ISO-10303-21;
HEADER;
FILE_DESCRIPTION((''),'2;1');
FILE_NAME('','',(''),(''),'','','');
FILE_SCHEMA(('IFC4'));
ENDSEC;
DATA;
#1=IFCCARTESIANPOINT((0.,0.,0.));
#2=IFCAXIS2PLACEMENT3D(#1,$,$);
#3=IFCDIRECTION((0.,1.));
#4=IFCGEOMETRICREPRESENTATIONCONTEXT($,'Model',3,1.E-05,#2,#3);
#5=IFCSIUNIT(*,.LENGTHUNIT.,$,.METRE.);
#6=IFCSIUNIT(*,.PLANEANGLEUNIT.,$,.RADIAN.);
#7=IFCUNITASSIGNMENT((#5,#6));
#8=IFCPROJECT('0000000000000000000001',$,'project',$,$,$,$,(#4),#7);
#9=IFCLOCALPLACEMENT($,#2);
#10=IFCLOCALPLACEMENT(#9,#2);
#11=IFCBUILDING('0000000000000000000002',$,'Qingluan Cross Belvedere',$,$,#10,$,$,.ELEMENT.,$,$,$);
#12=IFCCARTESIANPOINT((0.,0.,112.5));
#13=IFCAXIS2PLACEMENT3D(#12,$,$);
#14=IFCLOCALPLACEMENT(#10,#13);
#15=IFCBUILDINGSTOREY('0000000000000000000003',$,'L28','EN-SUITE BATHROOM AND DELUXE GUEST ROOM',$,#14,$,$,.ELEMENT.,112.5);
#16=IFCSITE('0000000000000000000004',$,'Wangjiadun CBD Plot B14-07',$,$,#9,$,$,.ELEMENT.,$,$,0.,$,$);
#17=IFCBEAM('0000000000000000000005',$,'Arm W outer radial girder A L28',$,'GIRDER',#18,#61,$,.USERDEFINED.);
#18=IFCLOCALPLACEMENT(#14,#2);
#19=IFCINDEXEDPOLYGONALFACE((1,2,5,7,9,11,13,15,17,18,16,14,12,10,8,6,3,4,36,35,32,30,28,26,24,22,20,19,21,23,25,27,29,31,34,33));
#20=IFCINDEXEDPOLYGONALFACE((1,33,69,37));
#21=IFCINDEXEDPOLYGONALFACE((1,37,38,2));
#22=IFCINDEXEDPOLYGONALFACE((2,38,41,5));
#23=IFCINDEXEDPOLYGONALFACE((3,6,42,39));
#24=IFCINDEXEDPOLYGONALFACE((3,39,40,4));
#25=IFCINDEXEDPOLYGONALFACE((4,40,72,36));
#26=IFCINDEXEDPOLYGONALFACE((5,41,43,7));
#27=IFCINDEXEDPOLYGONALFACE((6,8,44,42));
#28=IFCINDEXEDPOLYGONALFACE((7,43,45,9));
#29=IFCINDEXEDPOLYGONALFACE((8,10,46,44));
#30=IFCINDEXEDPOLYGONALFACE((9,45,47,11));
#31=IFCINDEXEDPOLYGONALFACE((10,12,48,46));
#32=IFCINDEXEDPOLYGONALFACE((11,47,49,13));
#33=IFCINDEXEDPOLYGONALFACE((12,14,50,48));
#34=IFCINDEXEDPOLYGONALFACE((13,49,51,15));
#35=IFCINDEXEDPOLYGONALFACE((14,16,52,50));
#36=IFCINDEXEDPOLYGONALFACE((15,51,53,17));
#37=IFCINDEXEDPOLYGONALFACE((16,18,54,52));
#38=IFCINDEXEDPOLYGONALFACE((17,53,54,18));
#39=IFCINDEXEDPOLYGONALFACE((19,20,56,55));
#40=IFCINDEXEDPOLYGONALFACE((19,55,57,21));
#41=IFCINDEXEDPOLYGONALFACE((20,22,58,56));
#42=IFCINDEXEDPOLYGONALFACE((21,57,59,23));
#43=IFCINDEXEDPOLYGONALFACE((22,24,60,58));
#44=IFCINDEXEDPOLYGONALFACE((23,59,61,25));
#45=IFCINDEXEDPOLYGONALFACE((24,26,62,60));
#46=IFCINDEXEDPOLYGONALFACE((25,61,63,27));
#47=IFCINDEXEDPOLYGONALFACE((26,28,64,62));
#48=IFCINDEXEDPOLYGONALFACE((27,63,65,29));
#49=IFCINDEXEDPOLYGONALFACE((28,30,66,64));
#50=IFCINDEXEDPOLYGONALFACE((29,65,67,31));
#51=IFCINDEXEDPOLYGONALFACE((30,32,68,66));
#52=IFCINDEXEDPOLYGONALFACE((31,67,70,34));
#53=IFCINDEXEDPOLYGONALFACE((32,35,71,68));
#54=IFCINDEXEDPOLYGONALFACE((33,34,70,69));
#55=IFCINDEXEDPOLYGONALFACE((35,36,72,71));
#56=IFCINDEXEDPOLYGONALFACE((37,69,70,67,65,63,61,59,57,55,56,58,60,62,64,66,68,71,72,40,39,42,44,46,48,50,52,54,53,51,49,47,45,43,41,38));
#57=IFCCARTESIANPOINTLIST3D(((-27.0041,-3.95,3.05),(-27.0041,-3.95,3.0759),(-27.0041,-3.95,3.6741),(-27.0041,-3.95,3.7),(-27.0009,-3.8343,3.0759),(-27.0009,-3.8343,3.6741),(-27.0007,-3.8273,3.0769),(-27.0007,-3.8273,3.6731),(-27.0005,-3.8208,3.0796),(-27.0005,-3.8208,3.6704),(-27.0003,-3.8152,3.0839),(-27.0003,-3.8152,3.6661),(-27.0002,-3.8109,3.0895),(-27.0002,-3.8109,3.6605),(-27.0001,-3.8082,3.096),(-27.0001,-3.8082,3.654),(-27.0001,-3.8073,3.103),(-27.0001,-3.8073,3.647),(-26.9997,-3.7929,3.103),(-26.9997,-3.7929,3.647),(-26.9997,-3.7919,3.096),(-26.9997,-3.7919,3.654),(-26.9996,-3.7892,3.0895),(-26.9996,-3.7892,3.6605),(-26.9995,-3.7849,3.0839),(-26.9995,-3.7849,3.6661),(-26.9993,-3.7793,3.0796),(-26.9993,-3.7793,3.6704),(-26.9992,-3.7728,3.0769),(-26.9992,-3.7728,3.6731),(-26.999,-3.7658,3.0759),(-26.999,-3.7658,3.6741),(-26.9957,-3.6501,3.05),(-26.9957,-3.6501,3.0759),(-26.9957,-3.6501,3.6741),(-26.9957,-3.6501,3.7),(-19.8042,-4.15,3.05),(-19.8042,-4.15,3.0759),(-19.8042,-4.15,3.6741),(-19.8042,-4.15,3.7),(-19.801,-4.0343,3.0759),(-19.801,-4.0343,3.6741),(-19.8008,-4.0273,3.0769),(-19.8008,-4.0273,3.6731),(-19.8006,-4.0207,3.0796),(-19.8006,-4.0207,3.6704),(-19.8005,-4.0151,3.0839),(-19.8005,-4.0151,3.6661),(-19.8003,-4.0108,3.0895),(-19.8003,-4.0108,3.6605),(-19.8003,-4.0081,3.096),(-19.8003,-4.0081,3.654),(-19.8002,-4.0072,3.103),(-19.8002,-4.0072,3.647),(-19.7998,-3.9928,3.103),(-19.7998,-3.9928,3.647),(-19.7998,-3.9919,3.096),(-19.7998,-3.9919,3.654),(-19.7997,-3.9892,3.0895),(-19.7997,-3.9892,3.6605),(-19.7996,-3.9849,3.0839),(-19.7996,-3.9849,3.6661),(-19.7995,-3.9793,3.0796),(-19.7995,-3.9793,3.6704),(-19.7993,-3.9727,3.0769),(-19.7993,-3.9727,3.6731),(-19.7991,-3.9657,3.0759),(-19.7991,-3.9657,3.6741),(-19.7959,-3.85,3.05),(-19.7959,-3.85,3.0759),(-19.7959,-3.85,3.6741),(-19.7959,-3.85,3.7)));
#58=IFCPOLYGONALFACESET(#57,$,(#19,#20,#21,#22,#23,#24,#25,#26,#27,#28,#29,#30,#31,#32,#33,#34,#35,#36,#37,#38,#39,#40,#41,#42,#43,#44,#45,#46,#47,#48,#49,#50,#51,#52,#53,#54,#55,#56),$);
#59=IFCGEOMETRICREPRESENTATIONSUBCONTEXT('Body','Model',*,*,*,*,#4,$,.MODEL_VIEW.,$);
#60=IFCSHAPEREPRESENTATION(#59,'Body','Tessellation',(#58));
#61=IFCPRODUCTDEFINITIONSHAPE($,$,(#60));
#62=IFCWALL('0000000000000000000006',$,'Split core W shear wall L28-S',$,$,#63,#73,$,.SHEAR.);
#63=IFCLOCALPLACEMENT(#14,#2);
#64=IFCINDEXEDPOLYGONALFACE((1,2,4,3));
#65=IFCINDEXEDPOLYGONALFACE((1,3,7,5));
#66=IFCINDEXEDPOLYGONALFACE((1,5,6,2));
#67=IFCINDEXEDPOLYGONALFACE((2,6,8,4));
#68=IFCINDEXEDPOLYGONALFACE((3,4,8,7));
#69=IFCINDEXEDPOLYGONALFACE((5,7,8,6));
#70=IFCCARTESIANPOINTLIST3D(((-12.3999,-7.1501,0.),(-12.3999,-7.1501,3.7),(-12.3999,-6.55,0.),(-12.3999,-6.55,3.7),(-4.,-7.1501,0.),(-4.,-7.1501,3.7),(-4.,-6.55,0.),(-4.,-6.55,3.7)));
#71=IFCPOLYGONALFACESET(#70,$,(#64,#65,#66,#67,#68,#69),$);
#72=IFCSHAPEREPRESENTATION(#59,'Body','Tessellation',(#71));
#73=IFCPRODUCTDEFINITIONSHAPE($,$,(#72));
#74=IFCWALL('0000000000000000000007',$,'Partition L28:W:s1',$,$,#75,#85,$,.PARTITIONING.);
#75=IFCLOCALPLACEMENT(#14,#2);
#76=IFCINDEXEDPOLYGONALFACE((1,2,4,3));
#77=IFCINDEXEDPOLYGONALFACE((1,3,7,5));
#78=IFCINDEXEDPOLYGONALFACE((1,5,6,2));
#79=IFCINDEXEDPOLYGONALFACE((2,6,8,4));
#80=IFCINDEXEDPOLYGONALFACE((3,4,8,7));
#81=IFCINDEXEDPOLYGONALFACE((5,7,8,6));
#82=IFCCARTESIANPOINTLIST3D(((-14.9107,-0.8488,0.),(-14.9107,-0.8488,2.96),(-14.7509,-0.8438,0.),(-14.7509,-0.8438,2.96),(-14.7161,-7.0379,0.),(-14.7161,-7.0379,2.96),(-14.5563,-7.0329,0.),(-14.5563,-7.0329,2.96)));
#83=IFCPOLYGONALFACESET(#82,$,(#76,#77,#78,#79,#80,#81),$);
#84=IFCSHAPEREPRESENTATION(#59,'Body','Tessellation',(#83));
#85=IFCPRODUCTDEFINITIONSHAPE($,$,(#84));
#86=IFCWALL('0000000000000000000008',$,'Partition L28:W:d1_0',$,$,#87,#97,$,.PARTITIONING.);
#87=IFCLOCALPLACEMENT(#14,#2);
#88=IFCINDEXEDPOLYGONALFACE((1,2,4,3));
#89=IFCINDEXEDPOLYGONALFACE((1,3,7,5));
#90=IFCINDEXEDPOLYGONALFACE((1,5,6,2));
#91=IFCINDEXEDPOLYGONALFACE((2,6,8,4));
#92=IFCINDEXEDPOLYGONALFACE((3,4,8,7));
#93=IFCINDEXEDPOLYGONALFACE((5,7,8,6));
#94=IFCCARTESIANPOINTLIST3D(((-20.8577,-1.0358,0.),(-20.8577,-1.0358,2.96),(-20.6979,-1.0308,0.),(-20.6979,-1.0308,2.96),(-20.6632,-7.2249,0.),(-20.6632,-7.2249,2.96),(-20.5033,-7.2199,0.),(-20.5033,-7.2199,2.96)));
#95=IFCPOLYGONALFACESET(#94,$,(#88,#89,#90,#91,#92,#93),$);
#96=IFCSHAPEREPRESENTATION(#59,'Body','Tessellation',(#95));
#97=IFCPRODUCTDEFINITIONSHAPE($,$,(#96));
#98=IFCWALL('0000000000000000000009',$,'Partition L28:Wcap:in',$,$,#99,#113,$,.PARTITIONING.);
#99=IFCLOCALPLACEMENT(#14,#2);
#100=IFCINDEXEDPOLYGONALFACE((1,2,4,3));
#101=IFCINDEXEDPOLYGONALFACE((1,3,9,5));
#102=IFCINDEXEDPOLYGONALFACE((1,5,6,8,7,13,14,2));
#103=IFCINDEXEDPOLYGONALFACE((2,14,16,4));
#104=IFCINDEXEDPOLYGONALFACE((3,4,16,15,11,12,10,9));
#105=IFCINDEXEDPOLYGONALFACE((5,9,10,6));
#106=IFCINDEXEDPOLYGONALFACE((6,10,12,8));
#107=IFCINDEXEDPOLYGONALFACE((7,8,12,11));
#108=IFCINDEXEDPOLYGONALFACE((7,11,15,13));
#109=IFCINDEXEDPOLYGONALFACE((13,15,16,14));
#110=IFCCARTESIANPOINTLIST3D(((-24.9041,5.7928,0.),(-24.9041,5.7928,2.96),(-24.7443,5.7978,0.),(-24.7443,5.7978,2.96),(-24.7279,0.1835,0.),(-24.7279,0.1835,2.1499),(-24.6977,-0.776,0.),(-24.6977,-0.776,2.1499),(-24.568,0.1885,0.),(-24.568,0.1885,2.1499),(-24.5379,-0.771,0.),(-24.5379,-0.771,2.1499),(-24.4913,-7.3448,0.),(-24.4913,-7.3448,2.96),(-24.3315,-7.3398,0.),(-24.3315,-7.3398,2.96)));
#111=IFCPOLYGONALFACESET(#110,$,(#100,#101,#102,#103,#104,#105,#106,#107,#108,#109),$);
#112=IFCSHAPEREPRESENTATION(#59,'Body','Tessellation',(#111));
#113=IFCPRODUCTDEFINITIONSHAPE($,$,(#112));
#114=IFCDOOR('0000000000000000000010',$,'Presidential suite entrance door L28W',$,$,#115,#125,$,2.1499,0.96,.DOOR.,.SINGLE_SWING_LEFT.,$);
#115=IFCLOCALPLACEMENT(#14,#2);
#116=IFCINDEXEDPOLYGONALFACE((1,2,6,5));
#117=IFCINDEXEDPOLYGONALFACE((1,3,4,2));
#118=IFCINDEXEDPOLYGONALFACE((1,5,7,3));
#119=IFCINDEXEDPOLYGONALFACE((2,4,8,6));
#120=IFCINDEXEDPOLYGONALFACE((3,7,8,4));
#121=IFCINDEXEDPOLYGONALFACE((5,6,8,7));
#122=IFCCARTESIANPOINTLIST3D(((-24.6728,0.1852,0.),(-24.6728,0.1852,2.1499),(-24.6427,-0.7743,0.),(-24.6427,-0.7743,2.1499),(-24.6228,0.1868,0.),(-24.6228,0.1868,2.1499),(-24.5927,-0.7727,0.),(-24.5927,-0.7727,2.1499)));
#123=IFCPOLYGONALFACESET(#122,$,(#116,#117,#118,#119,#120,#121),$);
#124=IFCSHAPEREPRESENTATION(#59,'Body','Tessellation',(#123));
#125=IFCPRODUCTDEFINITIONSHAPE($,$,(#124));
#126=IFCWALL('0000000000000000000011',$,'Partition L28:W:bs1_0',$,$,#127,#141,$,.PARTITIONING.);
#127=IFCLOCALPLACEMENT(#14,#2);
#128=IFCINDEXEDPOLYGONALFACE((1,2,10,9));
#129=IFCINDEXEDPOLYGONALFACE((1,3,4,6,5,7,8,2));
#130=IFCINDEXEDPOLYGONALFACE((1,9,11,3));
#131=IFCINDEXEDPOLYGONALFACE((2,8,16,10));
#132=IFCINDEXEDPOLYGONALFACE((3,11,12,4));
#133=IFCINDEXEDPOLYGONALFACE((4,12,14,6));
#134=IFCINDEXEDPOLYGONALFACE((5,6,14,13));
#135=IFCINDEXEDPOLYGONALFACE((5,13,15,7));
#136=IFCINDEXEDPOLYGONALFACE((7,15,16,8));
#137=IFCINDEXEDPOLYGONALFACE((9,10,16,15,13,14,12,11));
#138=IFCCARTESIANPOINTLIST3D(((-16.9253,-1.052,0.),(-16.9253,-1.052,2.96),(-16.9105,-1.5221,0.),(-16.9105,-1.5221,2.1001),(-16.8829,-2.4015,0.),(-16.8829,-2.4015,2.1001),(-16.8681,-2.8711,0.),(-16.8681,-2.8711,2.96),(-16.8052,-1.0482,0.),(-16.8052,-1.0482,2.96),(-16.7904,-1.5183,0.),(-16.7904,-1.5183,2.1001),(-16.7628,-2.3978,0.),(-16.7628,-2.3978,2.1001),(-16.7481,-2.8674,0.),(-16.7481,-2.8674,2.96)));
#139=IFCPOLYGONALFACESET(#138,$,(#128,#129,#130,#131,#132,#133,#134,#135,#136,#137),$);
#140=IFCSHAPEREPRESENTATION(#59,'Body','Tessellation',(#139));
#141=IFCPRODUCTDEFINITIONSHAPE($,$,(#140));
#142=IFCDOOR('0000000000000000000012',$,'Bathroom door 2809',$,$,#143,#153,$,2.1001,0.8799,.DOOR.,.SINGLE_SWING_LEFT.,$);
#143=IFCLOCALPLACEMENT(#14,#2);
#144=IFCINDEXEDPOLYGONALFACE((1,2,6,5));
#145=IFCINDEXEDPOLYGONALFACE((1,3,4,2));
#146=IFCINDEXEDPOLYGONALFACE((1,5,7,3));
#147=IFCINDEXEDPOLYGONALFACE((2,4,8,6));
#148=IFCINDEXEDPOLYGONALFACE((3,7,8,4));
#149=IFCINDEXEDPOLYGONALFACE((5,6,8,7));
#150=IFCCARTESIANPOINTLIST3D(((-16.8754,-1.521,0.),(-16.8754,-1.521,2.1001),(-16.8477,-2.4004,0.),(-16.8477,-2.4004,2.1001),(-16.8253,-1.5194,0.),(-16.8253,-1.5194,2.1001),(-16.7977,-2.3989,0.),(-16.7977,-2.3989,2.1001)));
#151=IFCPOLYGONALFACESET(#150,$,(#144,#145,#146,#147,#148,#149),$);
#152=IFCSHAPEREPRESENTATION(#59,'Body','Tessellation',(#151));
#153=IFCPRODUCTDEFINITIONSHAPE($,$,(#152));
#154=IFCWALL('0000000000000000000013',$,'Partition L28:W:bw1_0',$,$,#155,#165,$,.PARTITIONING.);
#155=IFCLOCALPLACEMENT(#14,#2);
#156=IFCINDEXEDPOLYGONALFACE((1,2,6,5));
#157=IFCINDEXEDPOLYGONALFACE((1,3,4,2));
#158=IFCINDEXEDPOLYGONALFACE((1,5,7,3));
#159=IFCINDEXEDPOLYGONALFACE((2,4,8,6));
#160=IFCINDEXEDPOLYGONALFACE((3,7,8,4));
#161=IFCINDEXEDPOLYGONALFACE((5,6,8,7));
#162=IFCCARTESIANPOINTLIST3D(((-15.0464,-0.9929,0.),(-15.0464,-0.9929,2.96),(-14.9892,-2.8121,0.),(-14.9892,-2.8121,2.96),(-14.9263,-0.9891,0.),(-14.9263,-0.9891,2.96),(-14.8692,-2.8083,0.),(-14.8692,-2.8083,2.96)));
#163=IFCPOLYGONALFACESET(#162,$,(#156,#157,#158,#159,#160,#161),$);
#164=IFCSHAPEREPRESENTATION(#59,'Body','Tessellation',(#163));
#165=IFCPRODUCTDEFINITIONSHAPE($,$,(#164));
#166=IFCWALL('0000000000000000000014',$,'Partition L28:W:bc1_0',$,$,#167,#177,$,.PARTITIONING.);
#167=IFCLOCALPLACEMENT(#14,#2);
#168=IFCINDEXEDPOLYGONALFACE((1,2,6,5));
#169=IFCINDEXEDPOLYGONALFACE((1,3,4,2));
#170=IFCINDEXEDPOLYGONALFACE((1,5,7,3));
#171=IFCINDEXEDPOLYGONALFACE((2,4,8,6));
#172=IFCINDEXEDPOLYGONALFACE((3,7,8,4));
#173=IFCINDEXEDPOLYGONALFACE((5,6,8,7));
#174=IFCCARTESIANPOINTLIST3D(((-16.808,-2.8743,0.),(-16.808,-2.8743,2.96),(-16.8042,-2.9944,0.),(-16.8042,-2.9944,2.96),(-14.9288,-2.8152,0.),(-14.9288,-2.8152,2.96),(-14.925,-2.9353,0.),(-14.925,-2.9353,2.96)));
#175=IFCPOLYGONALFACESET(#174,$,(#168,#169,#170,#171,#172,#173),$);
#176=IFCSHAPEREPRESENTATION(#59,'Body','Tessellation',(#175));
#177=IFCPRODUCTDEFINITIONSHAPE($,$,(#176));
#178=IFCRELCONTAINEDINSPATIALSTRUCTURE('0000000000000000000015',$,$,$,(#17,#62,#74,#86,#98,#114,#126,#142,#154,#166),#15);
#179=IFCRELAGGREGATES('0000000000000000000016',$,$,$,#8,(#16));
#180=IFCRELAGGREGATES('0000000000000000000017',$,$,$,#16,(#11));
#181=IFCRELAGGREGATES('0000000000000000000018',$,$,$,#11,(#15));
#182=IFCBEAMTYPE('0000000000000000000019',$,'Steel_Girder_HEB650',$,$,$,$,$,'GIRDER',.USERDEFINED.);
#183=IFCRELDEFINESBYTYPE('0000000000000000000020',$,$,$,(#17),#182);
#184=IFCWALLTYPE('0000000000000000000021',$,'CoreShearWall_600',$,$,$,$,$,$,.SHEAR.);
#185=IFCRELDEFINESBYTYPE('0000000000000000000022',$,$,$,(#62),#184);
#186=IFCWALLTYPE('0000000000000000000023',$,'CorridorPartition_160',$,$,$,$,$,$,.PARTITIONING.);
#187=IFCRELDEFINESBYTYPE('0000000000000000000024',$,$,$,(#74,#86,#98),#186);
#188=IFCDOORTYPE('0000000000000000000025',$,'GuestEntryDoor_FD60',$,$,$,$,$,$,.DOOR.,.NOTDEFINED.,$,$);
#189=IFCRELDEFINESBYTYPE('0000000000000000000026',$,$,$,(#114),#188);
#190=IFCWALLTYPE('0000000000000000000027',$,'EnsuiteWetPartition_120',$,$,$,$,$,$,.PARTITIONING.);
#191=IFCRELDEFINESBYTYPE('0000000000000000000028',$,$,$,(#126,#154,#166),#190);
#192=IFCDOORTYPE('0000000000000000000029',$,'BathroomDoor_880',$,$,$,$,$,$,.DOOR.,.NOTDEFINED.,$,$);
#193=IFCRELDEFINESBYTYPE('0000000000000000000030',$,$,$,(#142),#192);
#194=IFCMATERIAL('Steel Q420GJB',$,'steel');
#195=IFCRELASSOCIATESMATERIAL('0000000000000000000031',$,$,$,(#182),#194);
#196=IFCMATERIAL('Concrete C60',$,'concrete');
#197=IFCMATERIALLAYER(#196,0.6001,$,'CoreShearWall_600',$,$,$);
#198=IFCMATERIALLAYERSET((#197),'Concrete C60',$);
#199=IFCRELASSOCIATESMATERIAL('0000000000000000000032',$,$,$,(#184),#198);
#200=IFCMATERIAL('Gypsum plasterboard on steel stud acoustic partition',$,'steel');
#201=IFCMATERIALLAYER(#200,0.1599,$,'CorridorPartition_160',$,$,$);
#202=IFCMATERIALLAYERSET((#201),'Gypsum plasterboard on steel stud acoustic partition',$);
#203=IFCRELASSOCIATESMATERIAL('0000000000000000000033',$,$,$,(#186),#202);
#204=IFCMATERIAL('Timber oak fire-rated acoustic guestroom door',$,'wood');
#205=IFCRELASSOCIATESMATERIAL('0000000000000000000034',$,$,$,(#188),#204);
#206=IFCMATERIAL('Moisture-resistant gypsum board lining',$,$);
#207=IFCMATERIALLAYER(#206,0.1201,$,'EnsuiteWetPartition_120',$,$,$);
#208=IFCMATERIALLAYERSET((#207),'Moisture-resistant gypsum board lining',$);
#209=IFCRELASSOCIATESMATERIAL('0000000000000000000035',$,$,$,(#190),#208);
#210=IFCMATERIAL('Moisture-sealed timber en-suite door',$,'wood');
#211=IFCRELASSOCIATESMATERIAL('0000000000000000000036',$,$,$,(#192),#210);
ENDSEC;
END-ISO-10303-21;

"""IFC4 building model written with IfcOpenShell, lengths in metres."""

from ifc_helpers import new_model, si_unit, direction, frame, frame_2d, origin, origin_2d, place, context, subcontext, project, spatial, rectangle, i_section, extrude, material, layer, layer_set, material_profile, profile_set, type_object, element, fill, save


model = new_model("IFC4")

# Units and contexts
model_context = context("Model", 3, precision=1e-05, world=origin(), true_north=direction((0.0, 1.0)))
body_context = subcontext(model_context, "Body", "Model", "MODEL_VIEW")
ifc_project = project(units=[si_unit("LENGTHUNIT", "METRE"), si_unit("PLANEANGLEUNIT", "RADIAN")], contexts=[model_context])

# Site, building, storey
site_placement = place(None, origin())
site = spatial("IfcSite", under=ifc_project, at=site_placement, Name="Wangjiadun CBD Plot B14-07", CompositionType="ELEMENT", RefElevation=0.0)
building_placement = place(site_placement, origin())
building = spatial("IfcBuilding", under=site, at=building_placement, Name="Qingluan Cross Belvedere", CompositionType="ELEMENT")
storey_placement = place(building_placement, frame((0.0, 0.0, 112.5)))
storey = spatial("IfcBuildingStorey", under=building, at=storey_placement, Name="L28", Description="EN-SUITE BATHROOM AND DELUXE GUEST ROOM", CompositionType="ELEMENT", Elevation=112.5)

# Beam
ifc_material_1 = material(Name="Steel Q420GJB", Category="steel")
ifc_material_profile_1 = material_profile(ifc_material_1, i_section(OverallWidth=0.3, OverallDepth=0.6499, WebThickness=0.0144, FlangeThickness=0.0259, FilletRadius=0.0271, at=origin_2d()), Name="HEB650")
ifc_profile_set_1 = profile_set([ifc_material_profile_1], Name="Steel Q420GJB")
beam_type_1 = type_object("IfcBeamType", Name="Steel_Girder_HEB650", ElementType="GIRDER", PredefinedType="USERDEFINED", material=ifc_profile_set_1)
beam_1_placement = place(storey_placement, frame((-19.8, -4.0, 3.375), z_axis=(-0.999615, 0.02776, 0.0), x_axis=(-0.02776, -0.999615, 0.0)))
element("IfcBeam", 1, at=beam_1_placement, inside=storey, type_object=beam_type_1, Name="Arm W outer radial girder A L28", ObjectType="GIRDER", PredefinedType="USERDEFINED", context=body_context, shape_type="SweptSolid", body=[
    extrude(i_section(OverallWidth=0.3, OverallDepth=0.6499, WebThickness=0.0144, FlangeThickness=0.0259, FilletRadius=0.0271, at=origin_2d()), origin(), (0.0, 0.0, 1.0), 7.2026),
])

# Wall
ifc_material_2 = material(Name="Concrete C60", Category="concrete")
ifc_layer_1 = layer(ifc_material_2, 0.6001, Name="CoreShearWall_600")
ifc_layer_set_1 = layer_set([ifc_layer_1], Name="Concrete C60")
wall_type_1 = type_object("IfcWallType", Name="CoreShearWall_600", PredefinedType="SHEAR", material=ifc_layer_set_1)
wall_1_placement = place(storey_placement, frame((-12.3999, -6.8501, 0.0), z_axis=(0.0, 0.0, 1.0), x_axis=(1.0, 0.0, 0.0)))
element("IfcWall", 2, at=wall_1_placement, inside=storey, type_object=wall_type_1, Name="Split core W shear wall L28-S", PredefinedType="SHEAR", context=body_context, shape_type="SweptSolid", body=[
    extrude(rectangle(XDim=8.3999, YDim=0.6001, at=frame_2d((4.2, 0.0))), origin(), (0.0, 0.0, 1.0), 3.7),
])

# Shared definitions
ifc_material_3 = material(Name="Gypsum plasterboard on steel stud acoustic partition", Category="steel")
ifc_layer_2 = layer(ifc_material_3, 0.1599, Name="CorridorPartition_160")
ifc_layer_set_2 = layer_set([ifc_layer_2], Name="Gypsum plasterboard on steel stud acoustic partition")
wall_type_2 = type_object("IfcWallType", Name="CorridorPartition_160", PredefinedType="PARTITIONING", material=ifc_layer_set_2)
ifc_material_4 = material(Name="Timber oak fire-rated acoustic guestroom door", Category="wood")
door_type_1 = type_object("IfcDoorType", Name="GuestEntryDoor_FD60", OperationType="NOTDEFINED", PredefinedType="DOOR", material=ifc_material_4)

# Walls
for number, where, z_axis, x_axis, name in (
    (3, (-14.8308, -0.8462, 0.0), (0.0, 0.0, 1.0), (0.031424, -0.999506, 0.0), "Partition L28:W:s1"),
    (4, (-20.7778, -1.0332, 0.0), (0.0, 0.0, 1.0), (0.031424, -0.999506, 0.0), "Partition L28:W:d1_0"),
):
    element("IfcWall", number, at=place(storey_placement, frame(where, z_axis=z_axis, x_axis=x_axis)), inside=storey, type_object=wall_type_2, Name=name, PredefinedType="PARTITIONING", context=body_context, shape_type="SweptSolid", body=[
        extrude(rectangle(XDim=6.1921, YDim=0.1599, at=frame_2d((3.0962, 0.0))), origin(), (0.0, 0.0, 1.0), 2.96),
    ])

# Walls, openings, doors
wall_2_placement = place(storey_placement, frame((-24.4114, -7.3423, 0.0), z_axis=(0.0, 0.0, 1.0), x_axis=(-0.031409, 0.999507, 0.0)))
wall_2 = element("IfcWall", 5, at=wall_2_placement, inside=storey, type_object=wall_type_2, Name="Partition L28:Wcap:in", PredefinedType="PARTITIONING", context=body_context, shape_type="SweptSolid", body=[
    extrude(rectangle(XDim=13.144, YDim=0.1599, at=frame_2d((6.572, 0.0))), origin(), (0.0, 0.0, 1.0), 2.96),
])
opening_1_placement = place(wall_2_placement, frame((6.572, 0.0, 0.0)))
opening_1 = element("IfcOpeningElement", 6, at=opening_1_placement, cuts=wall_2, PredefinedType="OPENING", context=body_context, shape_type="SweptSolid", body=[
    extrude(rectangle(XDim=0.96, YDim=2.1499, at=frame_2d((0.48, 1.075))), frame((0.0, 0.0898, 0.0), z_axis=(0.0, -1.0, 0.0), x_axis=(1.0, 0.0, 0.0)), (0.0, 0.0, 1.0), 0.1799),
])
door_1_placement = place(opening_1_placement, origin())
door_1 = element("IfcDoor", 7, at=door_1_placement, inside=storey, type_object=door_type_1, Name="Presidential suite entrance door L28W", OperationType="SINGLE_SWING_LEFT", OverallHeight=2.1499, OverallWidth=0.96, PredefinedType="DOOR", context=body_context, shape_type="SweptSolid", body=[
    extrude(rectangle(XDim=0.96, YDim=2.1499, at=frame_2d((0.48, 1.075))), frame((0.0, 0.0249, 0.0), z_axis=(0.0, -1.0, 0.0), x_axis=(1.0, 0.0, 0.0)), (0.0, 0.0, 1.0), 0.05),
])
fill(opening_1, door_1)
ifc_material_5 = material(Name="Moisture-resistant gypsum board lining")
ifc_layer_3 = layer(ifc_material_5, 0.1201, Name="EnsuiteWetPartition_120")
ifc_layer_set_3 = layer_set([ifc_layer_3], Name="Moisture-resistant gypsum board lining")
wall_type_3 = type_object("IfcWallType", Name="EnsuiteWetPartition_120", PredefinedType="PARTITIONING", material=ifc_layer_set_3)
wall_3_placement = place(storey_placement, frame((-16.8081, -2.8694, 0.0), z_axis=(0.0, 0.0, 1.0), x_axis=(-0.03139, 0.999507, 0.0)))
wall_3 = element("IfcWall", 8, at=wall_3_placement, inside=storey, type_object=wall_type_3, Name="Partition L28:W:bs1_0", PredefinedType="PARTITIONING", context=body_context, shape_type="SweptSolid", body=[
    extrude(rectangle(XDim=1.8201, YDim=0.1201, at=frame_2d((0.9102, 0.0))), origin(), (0.0, 0.0, 1.0), 2.96),
])
opening_2_placement = place(wall_3_placement, frame((0.47, 0.0, 0.0)))
opening_2 = element("IfcOpeningElement", 9, at=opening_2_placement, cuts=wall_3, PredefinedType="OPENING", context=body_context, shape_type="SweptSolid", body=[
    extrude(rectangle(XDim=0.8799, YDim=2.1001, at=frame_2d((0.4399, 1.05))), frame((0.0, 0.0701, 0.0), z_axis=(0.0, -1.0, 0.0), x_axis=(1.0, 0.0, 0.0)), (0.0, 0.0, 1.0), 0.1401),
])
ifc_material_6 = material(Name="Moisture-sealed timber en-suite door", Category="wood")
door_type_2 = type_object("IfcDoorType", Name="BathroomDoor_880", OperationType="NOTDEFINED", PredefinedType="DOOR", material=ifc_material_6)
door_2_placement = place(opening_2_placement, origin())
door_2 = element("IfcDoor", 10, at=door_2_placement, inside=storey, type_object=door_type_2, Name="Bathroom door 2809", OperationType="SINGLE_SWING_LEFT", OverallHeight=2.1001, OverallWidth=0.8799, PredefinedType="DOOR", context=body_context, shape_type="SweptSolid", body=[
    extrude(rectangle(XDim=0.8799, YDim=2.1001, at=frame_2d((0.4399, 1.05))), frame((0.0, 0.0249, 0.0), z_axis=(0.0, -1.0, 0.0), x_axis=(1.0, 0.0, 0.0)), (0.0, 0.0, 1.0), 0.05),
])
fill(opening_2, door_2)

# Walls
wall_4_placement = place(storey_placement, frame((-14.9292, -2.8103, 0.0), z_axis=(0.0, 0.0, 1.0), x_axis=(-0.03139, 0.999507, 0.0)))
element("IfcWall", 11, at=wall_4_placement, inside=storey, type_object=wall_type_3, Name="Partition L28:W:bw1_0", PredefinedType="PARTITIONING", context=body_context, shape_type="SweptSolid", body=[
    extrude(rectangle(XDim=1.8201, YDim=0.1201, at=frame_2d((0.9102, 0.0))), origin(), (0.0, 0.0, 1.0), 2.96),
])
wall_5_placement = place(storey_placement, frame((-14.927, -2.8752, 0.0), z_axis=(0.0, 0.0, 1.0), x_axis=(-0.999506, -0.031425, 0.0)))
element("IfcWall", 12, at=wall_5_placement, inside=storey, type_object=wall_type_3, Name="Partition L28:W:bc1_0", PredefinedType="PARTITIONING", context=body_context, shape_type="SweptSolid", body=[
    extrude(rectangle(XDim=1.8801, YDim=0.1201, at=frame_2d((0.9399, 0.0))), origin(), (0.0, 0.0, 1.0), 2.96),
])

save(model, "model.ifc")
